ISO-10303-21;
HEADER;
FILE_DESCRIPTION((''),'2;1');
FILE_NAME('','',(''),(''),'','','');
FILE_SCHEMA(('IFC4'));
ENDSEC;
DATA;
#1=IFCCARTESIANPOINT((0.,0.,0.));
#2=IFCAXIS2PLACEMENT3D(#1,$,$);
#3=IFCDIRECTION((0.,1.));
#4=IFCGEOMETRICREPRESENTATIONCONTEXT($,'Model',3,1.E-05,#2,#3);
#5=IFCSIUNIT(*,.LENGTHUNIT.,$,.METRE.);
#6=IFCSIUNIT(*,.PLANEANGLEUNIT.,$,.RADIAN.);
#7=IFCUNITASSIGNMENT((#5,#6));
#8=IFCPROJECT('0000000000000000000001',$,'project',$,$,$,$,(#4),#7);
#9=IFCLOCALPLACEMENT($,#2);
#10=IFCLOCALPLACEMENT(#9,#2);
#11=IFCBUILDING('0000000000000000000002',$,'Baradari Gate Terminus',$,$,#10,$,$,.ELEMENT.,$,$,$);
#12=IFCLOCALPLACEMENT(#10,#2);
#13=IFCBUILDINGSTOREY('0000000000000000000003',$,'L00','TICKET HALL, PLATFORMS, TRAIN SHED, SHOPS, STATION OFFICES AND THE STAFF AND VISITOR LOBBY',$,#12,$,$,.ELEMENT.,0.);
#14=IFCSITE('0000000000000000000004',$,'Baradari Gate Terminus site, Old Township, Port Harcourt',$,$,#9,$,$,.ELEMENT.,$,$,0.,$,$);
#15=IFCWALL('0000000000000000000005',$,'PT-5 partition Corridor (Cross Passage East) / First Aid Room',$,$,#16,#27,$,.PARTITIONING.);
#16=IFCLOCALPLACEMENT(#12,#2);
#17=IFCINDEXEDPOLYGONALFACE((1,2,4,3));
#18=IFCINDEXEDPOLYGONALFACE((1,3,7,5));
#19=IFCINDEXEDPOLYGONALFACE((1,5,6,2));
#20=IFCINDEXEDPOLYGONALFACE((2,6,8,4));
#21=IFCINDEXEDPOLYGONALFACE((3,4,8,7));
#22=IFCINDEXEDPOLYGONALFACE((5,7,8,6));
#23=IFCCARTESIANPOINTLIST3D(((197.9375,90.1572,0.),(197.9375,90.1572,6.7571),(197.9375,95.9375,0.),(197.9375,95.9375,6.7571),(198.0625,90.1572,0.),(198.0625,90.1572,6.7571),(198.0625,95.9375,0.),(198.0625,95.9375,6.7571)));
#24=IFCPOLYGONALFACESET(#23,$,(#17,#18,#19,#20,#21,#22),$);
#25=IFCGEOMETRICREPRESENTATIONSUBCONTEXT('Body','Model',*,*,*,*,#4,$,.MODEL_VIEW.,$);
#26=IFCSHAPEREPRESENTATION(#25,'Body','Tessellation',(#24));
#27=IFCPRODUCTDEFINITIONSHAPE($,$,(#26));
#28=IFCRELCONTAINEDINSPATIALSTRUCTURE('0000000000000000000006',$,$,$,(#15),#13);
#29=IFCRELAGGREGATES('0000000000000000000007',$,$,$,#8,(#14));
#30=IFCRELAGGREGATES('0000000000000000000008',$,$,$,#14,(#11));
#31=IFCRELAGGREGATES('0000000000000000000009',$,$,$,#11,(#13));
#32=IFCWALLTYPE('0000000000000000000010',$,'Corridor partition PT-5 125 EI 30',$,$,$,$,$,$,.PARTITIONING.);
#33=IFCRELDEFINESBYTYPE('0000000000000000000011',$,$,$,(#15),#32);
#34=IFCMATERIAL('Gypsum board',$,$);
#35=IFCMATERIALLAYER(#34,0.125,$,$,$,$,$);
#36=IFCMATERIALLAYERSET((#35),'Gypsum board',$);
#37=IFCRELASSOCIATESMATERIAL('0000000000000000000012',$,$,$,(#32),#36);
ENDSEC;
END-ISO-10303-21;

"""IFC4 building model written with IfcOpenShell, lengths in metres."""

from ifc_helpers import new_model, si_unit, direction, frame, frame_2d, origin, place, context, subcontext, project, spatial, rectangle, extrude, material, layer, layer_set, type_object, element, save


model = new_model("IFC4")

# Units and contexts
model_context = context("Model", 3, precision=1e-05, world=origin(), true_north=direction((0.0, 1.0)))
body_context = subcontext(model_context, "Body", "Model", "MODEL_VIEW")
ifc_project = project(units=[si_unit("LENGTHUNIT", "METRE"), si_unit("PLANEANGLEUNIT", "RADIAN")], contexts=[model_context])

# Site, building, storey
site_placement = place(None, origin())
site = spatial("IfcSite", under=ifc_project, at=site_placement, Name="Baradari Gate Terminus site, Old Township, Port Harcourt", CompositionType="ELEMENT", RefElevation=0.0)
building_placement = place(site_placement, origin())
building = spatial("IfcBuilding", under=site, at=building_placement, Name="Baradari Gate Terminus", CompositionType="ELEMENT")
storey_placement = place(building_placement, origin())
storey = spatial("IfcBuildingStorey", under=building, at=storey_placement, Name="L00", Description="TICKET HALL, PLATFORMS, TRAIN SHED, SHOPS, STATION OFFICES AND THE STAFF AND VISITOR LOBBY", CompositionType="ELEMENT", Elevation=0.0)

# Shared definitions
ifc_material_1 = material(Name="Gypsum board")
ifc_layer = layer(ifc_material_1, 0.125)
ifc_layer_set = layer_set([ifc_layer], Name="Gypsum board")
wall_type = type_object("IfcWallType", Name="Corridor partition PT-5 125 EI 30", PredefinedType="PARTITIONING", material=ifc_layer_set)

# Wall
wall_1_placement = place(storey_placement, frame((198.0, 90.1572, 0.0), z_axis=(0.0, 0.0, 1.0), x_axis=(0.0, 1.0, 0.0)))
element("IfcWall", 1, at=wall_1_placement, inside=storey, type_object=wall_type, Name="PT-5 partition Corridor (Cross Passage East) / First Aid Room", PredefinedType="PARTITIONING", context=body_context, shape_type="SweptSolid", body=[
    extrude(rectangle(XDim=5.7803, YDim=0.125, at=frame_2d((2.8901, 0.0))), origin(), (0.0, 0.0, 1.0), 6.7571),
])

save(model, "model.ifc")
